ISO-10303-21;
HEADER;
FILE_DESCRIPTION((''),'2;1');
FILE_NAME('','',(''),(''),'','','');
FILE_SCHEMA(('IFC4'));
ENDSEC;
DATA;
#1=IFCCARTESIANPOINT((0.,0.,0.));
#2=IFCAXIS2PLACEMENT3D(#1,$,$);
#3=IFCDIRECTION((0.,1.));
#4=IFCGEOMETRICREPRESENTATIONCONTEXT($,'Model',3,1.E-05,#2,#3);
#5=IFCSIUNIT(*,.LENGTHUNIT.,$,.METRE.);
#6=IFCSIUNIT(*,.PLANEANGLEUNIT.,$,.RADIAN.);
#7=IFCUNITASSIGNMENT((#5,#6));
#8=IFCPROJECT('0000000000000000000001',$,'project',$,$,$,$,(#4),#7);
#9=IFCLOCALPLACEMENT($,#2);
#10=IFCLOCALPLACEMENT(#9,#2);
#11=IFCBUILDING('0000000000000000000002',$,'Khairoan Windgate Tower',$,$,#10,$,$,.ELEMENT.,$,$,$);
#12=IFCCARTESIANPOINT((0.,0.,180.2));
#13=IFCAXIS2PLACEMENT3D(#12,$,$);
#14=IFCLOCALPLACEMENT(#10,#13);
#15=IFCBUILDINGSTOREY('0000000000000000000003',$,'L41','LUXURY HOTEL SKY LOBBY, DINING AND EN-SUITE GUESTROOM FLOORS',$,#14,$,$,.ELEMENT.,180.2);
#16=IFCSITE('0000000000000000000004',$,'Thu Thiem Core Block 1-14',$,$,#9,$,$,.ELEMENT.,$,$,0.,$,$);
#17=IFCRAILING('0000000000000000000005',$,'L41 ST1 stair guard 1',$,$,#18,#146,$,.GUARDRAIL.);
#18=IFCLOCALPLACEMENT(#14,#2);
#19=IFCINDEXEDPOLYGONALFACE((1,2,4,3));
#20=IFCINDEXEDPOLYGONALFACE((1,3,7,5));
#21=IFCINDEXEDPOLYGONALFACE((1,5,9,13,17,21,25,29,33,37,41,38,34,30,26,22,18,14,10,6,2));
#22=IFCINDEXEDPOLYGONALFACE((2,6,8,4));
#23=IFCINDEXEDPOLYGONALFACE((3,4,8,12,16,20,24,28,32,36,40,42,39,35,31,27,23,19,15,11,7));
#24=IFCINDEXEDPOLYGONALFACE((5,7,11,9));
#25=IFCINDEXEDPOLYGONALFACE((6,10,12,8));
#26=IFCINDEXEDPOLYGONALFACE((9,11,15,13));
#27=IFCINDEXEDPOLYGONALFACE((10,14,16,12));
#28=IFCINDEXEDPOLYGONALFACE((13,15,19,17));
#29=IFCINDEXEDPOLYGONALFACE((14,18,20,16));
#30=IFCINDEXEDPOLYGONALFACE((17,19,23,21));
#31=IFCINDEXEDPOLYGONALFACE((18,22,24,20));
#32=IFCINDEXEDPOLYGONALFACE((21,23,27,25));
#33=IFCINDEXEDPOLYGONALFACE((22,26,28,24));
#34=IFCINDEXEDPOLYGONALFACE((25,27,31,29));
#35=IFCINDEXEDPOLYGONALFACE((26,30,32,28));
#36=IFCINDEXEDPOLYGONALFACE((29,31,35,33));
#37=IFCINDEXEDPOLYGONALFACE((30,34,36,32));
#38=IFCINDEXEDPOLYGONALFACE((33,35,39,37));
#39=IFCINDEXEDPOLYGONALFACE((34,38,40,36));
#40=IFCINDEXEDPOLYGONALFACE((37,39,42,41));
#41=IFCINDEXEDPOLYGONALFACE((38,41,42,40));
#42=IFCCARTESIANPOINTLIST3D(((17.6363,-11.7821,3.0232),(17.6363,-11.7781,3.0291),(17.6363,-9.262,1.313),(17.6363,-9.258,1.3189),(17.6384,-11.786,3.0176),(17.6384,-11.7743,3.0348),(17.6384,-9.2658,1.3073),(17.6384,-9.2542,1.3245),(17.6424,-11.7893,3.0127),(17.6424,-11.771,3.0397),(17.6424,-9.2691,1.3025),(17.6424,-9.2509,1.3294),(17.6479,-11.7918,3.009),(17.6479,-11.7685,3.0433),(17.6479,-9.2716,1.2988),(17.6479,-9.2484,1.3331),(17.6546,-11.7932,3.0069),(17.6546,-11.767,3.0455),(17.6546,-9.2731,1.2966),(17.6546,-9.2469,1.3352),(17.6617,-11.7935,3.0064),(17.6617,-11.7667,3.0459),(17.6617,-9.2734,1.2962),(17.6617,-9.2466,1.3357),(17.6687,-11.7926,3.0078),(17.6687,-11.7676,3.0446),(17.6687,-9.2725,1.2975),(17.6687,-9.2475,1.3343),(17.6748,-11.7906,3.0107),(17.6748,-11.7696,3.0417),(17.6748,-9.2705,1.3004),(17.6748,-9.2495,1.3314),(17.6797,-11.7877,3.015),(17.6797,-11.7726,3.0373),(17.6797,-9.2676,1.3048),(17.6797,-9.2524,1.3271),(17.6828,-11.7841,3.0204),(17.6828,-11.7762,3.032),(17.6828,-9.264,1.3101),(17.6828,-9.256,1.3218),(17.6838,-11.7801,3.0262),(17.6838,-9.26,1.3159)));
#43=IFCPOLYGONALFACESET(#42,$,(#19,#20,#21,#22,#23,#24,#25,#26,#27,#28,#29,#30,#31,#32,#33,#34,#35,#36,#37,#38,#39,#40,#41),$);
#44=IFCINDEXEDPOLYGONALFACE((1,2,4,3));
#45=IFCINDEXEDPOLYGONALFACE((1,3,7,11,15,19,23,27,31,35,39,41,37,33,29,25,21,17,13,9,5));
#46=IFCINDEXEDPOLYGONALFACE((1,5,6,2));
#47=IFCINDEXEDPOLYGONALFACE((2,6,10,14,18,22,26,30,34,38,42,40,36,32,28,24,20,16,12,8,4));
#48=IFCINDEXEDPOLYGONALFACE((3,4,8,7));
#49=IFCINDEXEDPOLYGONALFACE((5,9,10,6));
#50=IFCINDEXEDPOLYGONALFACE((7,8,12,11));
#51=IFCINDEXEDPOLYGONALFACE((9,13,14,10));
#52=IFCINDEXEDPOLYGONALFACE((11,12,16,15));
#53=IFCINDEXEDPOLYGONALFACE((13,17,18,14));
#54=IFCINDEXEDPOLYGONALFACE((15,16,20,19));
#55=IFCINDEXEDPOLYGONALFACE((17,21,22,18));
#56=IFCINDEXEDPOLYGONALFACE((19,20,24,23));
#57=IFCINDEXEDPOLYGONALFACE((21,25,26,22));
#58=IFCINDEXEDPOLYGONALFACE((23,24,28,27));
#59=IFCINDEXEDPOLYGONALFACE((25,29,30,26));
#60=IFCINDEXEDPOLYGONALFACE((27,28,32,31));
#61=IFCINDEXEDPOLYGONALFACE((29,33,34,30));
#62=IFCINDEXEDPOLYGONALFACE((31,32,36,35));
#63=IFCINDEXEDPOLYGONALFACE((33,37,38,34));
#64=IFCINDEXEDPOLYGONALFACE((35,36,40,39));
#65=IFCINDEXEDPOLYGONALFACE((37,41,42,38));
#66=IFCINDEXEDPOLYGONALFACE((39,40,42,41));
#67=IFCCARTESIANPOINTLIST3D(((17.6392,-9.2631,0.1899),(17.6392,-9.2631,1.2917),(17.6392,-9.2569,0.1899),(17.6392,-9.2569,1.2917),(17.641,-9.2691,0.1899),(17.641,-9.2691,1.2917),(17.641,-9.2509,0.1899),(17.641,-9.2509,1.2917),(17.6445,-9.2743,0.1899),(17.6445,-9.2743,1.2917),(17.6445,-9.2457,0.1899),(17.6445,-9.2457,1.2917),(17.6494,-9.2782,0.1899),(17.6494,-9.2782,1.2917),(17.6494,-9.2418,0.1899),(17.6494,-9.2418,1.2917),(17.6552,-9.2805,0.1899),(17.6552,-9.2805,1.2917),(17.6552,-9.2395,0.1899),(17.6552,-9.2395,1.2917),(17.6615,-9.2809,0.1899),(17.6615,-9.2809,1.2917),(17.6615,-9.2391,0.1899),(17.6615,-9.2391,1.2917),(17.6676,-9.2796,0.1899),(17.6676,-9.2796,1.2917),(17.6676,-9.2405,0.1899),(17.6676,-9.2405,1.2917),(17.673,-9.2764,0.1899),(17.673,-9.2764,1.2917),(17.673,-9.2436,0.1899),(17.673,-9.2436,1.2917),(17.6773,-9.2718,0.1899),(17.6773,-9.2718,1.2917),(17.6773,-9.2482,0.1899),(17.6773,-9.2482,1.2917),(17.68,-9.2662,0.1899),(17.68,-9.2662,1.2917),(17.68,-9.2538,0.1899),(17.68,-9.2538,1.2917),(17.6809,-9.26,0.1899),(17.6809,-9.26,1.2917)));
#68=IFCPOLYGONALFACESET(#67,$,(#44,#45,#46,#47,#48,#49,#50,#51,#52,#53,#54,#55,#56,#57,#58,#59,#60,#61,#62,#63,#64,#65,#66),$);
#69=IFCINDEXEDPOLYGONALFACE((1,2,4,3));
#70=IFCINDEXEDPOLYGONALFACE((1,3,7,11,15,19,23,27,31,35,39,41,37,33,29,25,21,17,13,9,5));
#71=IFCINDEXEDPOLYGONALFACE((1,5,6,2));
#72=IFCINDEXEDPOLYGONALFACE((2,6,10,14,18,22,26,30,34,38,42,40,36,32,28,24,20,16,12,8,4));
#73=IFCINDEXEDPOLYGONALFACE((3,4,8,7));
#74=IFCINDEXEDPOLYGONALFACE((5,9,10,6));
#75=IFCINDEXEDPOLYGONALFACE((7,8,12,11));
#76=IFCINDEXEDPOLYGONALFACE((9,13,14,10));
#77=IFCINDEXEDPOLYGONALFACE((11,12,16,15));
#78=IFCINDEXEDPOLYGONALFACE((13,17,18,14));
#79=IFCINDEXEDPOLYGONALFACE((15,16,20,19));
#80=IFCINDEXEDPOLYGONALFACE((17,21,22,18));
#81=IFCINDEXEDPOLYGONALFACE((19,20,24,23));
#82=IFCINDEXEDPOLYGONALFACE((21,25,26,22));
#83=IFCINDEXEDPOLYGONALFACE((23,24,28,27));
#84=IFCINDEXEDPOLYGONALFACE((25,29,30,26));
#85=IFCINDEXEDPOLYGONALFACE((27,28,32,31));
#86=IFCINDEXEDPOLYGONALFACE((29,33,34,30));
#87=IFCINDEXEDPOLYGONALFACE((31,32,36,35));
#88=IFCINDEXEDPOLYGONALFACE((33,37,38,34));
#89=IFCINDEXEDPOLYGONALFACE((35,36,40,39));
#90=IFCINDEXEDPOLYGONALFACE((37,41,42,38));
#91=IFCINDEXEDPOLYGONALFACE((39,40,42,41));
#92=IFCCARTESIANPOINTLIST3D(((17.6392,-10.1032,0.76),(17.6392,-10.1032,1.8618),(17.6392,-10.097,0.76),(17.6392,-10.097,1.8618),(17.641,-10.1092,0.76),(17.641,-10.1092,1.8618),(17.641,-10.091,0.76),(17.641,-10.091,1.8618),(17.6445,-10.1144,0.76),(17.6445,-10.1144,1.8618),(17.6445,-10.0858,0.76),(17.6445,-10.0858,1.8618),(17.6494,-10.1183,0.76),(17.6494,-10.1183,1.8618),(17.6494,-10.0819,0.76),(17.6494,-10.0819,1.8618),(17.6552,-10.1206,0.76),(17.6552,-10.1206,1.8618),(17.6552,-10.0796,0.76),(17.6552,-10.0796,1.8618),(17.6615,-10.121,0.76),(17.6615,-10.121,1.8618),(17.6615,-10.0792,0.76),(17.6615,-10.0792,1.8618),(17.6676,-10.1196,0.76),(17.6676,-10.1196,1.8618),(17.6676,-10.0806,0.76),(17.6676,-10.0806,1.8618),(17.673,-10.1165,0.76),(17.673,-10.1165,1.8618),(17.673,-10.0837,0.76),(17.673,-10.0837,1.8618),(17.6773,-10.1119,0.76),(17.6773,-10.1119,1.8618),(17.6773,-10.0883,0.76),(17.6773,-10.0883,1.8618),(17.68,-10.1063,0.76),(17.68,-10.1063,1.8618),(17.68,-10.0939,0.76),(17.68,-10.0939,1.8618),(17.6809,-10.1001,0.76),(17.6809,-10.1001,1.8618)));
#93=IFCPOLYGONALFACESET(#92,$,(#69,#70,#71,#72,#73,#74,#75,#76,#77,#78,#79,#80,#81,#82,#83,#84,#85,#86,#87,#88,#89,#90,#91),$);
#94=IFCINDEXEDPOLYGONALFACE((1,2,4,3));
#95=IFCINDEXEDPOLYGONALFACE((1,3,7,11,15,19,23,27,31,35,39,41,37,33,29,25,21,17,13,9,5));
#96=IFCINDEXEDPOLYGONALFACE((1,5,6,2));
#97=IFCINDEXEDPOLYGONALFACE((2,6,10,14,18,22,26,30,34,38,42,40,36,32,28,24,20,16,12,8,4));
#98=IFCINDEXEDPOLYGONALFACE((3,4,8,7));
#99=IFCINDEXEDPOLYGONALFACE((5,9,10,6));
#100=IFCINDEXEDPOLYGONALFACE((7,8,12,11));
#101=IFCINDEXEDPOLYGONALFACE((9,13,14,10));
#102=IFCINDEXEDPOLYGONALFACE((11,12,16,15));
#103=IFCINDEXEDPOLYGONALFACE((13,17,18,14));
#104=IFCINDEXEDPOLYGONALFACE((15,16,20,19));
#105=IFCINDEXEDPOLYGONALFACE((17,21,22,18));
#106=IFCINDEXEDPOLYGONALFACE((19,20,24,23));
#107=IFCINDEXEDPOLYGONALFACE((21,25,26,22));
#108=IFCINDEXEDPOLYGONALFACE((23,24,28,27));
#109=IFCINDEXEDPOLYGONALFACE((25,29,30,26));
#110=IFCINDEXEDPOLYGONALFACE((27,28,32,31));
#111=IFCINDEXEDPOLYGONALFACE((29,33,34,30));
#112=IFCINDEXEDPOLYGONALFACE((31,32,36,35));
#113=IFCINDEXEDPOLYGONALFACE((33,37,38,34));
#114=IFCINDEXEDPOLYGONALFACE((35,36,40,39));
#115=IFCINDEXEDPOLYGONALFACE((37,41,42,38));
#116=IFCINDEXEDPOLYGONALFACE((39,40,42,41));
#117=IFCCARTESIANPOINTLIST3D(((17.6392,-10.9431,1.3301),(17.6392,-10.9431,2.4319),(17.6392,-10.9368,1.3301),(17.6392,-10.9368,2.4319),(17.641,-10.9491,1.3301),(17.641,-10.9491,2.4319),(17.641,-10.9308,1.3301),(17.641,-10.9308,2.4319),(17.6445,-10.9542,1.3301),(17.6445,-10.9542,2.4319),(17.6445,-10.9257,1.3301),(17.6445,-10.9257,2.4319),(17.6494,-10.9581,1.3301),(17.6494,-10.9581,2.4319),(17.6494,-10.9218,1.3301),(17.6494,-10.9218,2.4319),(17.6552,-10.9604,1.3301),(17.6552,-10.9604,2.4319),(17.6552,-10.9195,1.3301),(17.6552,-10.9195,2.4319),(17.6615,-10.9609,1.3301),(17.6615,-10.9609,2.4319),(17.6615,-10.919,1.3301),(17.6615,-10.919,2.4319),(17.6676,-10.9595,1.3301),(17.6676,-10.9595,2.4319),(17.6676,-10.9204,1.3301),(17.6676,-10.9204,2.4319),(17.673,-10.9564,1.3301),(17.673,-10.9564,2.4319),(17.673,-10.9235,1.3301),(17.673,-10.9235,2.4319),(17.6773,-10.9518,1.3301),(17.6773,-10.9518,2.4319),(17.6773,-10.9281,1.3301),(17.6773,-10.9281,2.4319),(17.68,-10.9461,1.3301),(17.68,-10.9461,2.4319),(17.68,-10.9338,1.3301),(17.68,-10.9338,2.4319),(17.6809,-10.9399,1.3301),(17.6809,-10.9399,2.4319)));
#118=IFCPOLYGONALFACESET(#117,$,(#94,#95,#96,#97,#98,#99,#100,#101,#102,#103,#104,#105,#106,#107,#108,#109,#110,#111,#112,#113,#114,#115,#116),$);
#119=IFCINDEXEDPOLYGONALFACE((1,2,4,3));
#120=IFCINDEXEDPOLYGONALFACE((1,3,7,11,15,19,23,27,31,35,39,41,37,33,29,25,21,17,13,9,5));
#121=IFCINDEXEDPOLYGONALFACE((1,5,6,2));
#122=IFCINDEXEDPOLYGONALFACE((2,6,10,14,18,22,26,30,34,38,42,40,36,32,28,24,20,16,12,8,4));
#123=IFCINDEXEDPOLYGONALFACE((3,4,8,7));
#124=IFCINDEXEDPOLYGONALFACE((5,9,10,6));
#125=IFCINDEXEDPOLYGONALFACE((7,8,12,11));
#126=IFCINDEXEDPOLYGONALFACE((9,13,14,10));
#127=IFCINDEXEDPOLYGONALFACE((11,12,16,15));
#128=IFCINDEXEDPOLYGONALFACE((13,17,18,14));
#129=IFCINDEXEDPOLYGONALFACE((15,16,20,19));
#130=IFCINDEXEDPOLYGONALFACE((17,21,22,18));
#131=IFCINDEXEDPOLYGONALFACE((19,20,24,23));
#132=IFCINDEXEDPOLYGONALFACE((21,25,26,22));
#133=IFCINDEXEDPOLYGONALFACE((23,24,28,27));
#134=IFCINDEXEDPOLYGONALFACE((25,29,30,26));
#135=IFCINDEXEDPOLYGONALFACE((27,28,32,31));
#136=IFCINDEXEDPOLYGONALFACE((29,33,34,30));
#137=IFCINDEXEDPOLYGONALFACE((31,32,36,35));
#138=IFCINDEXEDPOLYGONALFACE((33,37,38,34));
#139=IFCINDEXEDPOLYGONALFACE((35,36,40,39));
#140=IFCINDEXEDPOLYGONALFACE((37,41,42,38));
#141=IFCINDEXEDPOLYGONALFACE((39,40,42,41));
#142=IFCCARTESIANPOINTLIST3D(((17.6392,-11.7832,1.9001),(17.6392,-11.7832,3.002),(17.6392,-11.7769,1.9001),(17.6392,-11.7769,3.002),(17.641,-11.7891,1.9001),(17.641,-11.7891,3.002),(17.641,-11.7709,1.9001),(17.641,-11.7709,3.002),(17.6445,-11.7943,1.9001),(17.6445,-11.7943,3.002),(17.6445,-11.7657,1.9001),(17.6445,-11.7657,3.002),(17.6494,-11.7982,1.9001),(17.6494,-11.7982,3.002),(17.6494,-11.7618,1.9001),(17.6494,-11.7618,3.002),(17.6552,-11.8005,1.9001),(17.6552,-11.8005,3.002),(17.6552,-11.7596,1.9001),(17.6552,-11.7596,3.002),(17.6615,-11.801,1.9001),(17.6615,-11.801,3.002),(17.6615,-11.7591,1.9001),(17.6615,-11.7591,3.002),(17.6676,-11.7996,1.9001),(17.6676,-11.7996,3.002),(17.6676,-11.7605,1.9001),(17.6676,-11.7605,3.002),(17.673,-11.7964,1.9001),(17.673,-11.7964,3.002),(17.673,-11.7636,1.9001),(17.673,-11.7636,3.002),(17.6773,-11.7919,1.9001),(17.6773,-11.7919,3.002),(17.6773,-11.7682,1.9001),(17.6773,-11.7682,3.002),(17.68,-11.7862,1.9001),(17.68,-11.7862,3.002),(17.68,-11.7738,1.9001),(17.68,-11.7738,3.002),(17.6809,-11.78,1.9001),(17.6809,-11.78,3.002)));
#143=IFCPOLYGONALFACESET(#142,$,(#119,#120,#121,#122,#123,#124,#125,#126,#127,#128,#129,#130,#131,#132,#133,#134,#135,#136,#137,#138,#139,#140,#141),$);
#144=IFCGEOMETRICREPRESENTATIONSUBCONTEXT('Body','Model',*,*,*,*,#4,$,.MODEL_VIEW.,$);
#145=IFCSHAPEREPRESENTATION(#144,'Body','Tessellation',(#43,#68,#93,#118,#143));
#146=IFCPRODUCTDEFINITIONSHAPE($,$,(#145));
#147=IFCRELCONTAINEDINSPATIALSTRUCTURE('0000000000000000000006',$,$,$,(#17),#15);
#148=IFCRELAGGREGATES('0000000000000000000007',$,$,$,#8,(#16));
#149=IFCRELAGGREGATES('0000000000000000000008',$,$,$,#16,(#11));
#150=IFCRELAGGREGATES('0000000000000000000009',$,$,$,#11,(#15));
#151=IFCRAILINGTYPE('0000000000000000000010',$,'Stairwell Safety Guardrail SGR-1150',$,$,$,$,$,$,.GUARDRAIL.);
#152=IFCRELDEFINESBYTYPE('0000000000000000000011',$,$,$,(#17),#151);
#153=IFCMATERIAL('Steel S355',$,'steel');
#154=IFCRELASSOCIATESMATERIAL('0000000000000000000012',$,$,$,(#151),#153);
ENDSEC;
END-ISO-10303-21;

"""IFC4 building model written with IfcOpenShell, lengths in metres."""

from ifc_helpers import new_model, si_unit, direction, frame, origin, origin_2d, place, context, subcontext, project, spatial, circle, extrude, material, type_object, element, save


model = new_model("IFC4")

# Units and contexts
model_context = context("Model", 3, precision=1e-05, world=origin(), true_north=direction((0.0, 1.0)))
body_context = subcontext(model_context, "Body", "Model", "MODEL_VIEW")
ifc_project = project(units=[si_unit("LENGTHUNIT", "METRE"), si_unit("PLANEANGLEUNIT", "RADIAN")], contexts=[model_context])

# Site, building, storey
site_placement = place(None, origin())
site = spatial("IfcSite", under=ifc_project, at=site_placement, Name="Thu Thiem Core Block 1-14", CompositionType="ELEMENT", RefElevation=0.0)
building_placement = place(site_placement, origin())
building = spatial("IfcBuilding", under=site, at=building_placement, Name="Khairoan Windgate Tower", CompositionType="ELEMENT")
storey_placement = place(building_placement, frame((0.0, 0.0, 180.2)))
storey = spatial("IfcBuildingStorey", under=building, at=storey_placement, Name="L41", Description="LUXURY HOTEL SKY LOBBY, DINING AND EN-SUITE GUESTROOM FLOORS", CompositionType="ELEMENT", Elevation=180.2)

# Railing
ifc_material_1 = material(Name="Steel S355", Category="steel")
railing_type_1 = type_object("IfcRailingType", Name="Stairwell Safety Guardrail SGR-1150", PredefinedType="GUARDRAIL", material=ifc_material_1)
railing_1_placement = place(storey_placement, frame((17.6599, -9.26, 0.1899)))
element("IfcRailing", 1, at=railing_1_placement, inside=storey, type_object=railing_type_1, Name="L41 ST1 stair guard 1", PredefinedType="GUARDRAIL", context=body_context, shape_type="SweptSolid", body=[
    extrude(circle(Radius=0.0239, at=origin_2d()), frame((0.0, 0.0, 1.126), z_axis=(0.0, -0.827447, 0.561545), x_axis=(1.0, 0.0, 0.0)), (0.0, 0.0, 1.0), 3.0457),
    extrude(circle(Radius=0.021, at=origin_2d()), origin(), (0.0, 0.0, 1.0), 1.1018),
    extrude(circle(Radius=0.021, at=origin_2d()), frame((0.0, -0.8401, 0.5701)), (0.0, 0.0, 1.0), 1.1018),
    extrude(circle(Radius=0.021, at=origin_2d()), frame((0.0, -1.6799, 1.1401)), (0.0, 0.0, 1.0), 1.1018),
    extrude(circle(Radius=0.021, at=origin_2d()), frame((0.0, -2.52, 1.7102)), (0.0, 0.0, 1.0), 1.1018),
])

save(model, "model.ifc")
